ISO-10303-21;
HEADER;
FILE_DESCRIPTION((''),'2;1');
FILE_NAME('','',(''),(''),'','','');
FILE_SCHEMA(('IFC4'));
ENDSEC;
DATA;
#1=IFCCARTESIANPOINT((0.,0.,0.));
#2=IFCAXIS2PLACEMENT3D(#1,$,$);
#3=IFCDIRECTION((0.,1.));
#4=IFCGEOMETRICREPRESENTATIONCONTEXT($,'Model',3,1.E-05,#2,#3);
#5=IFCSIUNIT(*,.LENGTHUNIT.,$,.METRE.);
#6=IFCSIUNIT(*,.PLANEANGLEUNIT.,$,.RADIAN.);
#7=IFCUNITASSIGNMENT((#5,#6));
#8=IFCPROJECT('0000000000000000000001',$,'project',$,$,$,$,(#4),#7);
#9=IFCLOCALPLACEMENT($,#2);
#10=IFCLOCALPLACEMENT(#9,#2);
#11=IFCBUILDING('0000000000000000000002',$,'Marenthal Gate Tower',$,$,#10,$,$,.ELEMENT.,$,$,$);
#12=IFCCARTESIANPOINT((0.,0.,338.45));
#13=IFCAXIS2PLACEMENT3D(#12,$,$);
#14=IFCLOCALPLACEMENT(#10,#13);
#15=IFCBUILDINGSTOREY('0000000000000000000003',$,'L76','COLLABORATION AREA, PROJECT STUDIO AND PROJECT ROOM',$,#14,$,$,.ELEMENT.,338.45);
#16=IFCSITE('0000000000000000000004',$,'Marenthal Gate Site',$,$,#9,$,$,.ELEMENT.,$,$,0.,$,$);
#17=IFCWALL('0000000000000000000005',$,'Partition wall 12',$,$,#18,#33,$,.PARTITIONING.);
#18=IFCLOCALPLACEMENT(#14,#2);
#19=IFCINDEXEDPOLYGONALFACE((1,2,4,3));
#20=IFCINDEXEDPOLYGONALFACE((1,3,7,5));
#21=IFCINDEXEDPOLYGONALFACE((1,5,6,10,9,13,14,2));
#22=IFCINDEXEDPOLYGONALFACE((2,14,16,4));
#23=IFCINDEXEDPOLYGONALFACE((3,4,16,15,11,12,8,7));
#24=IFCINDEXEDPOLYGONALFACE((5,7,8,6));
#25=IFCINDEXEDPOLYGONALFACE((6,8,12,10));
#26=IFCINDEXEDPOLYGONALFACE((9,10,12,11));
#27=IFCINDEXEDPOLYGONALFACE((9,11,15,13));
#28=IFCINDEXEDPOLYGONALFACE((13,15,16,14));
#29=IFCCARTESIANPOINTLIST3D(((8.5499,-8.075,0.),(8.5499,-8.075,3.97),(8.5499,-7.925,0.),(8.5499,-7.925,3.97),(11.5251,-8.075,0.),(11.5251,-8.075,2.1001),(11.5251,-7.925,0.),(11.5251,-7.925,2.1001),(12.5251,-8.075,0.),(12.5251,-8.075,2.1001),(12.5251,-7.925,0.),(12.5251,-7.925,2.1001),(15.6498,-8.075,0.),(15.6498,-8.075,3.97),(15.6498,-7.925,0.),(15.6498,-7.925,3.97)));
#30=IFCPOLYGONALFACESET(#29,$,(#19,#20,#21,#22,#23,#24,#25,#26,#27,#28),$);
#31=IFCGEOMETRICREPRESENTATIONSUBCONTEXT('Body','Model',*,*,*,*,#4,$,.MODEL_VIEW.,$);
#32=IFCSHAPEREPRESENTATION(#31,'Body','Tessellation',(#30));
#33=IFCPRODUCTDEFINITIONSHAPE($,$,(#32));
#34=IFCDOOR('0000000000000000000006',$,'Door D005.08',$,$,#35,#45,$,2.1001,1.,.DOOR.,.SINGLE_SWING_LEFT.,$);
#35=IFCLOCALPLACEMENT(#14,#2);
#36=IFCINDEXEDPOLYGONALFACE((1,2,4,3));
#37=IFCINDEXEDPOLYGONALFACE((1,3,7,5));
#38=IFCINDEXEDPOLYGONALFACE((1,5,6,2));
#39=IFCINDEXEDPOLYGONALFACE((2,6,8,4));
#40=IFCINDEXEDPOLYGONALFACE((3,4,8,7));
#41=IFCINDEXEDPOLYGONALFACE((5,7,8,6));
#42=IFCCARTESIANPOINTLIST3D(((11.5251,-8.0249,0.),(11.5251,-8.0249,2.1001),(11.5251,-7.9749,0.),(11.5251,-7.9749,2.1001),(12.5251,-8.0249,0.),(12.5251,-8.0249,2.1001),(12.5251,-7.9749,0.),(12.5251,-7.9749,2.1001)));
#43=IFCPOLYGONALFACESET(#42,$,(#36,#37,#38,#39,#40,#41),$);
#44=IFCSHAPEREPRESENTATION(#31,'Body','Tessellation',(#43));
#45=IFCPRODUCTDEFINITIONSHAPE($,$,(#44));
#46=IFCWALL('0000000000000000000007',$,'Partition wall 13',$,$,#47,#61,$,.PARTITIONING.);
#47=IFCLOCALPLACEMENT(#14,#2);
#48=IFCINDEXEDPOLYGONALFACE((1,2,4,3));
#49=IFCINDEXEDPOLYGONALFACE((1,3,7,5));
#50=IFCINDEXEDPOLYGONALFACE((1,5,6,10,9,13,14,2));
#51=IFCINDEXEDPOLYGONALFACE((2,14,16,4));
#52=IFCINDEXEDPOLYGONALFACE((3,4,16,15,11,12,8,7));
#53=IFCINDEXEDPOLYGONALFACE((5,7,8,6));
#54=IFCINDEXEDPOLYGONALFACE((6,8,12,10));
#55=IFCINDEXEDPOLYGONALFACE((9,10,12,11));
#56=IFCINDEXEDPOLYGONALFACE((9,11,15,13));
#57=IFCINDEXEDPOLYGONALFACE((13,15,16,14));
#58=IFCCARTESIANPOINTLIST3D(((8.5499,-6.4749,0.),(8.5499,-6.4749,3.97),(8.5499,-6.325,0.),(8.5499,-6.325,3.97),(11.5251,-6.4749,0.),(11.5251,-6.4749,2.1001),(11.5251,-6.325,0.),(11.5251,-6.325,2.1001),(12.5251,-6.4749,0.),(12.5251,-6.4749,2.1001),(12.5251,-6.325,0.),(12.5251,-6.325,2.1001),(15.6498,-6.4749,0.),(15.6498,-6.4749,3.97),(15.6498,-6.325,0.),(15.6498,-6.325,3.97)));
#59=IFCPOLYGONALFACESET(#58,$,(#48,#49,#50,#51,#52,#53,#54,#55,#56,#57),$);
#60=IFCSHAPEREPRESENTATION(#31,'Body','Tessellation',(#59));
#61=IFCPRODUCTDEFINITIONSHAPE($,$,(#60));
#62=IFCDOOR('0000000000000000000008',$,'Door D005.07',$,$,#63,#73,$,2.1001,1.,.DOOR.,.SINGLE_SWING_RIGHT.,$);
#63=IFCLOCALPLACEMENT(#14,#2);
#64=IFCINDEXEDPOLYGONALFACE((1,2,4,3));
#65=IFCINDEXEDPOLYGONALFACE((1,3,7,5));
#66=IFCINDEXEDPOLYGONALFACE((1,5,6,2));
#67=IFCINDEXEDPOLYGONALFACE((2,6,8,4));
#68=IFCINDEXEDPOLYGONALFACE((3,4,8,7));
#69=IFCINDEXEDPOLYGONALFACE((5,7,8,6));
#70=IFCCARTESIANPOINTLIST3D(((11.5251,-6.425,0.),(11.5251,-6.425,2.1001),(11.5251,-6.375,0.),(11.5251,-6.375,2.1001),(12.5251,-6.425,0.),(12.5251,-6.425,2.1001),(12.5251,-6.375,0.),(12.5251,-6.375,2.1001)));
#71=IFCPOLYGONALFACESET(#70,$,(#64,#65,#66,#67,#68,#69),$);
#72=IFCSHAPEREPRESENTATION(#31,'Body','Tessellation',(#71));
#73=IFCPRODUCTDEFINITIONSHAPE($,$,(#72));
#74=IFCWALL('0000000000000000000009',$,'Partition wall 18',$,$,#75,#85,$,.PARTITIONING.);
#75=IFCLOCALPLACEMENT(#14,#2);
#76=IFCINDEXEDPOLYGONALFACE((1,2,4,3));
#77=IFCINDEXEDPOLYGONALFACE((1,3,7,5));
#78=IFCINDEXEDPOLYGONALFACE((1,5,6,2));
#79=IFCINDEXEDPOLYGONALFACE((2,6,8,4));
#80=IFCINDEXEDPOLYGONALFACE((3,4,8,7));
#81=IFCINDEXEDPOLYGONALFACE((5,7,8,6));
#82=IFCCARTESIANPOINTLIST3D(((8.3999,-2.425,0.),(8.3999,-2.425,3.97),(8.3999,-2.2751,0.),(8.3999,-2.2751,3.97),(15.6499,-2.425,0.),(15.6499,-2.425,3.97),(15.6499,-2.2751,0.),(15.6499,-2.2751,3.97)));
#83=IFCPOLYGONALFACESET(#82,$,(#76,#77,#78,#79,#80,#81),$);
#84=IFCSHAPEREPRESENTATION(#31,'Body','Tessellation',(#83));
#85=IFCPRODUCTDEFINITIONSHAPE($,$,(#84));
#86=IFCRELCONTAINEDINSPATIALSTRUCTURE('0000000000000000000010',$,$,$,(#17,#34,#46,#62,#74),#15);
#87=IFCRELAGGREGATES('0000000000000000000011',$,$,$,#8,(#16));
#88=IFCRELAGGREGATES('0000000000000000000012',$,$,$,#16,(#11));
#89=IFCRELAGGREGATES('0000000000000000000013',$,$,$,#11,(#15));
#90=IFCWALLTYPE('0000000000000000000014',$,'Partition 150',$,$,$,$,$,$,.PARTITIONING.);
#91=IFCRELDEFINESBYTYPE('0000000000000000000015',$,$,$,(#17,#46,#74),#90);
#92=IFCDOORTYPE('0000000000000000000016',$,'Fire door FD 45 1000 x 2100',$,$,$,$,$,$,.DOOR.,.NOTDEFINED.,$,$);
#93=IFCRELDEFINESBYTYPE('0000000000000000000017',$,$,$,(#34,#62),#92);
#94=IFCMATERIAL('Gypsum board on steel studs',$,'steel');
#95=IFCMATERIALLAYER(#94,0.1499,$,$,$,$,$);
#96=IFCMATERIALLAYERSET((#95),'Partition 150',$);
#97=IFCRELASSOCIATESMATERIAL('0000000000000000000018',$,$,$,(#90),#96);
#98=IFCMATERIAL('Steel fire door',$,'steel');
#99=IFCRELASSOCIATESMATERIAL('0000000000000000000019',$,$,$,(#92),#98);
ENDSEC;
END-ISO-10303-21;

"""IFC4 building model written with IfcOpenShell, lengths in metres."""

from ifc_helpers import new_model, si_unit, direction, frame, frame_2d, origin, place, context, subcontext, project, spatial, rectangle, extrude, material, layer, layer_set, type_object, element, fill, save


model = new_model("IFC4")

# Units and contexts
model_context = context("Model", 3, precision=1e-05, world=origin(), true_north=direction((0.0, 1.0)))
body_context = subcontext(model_context, "Body", "Model", "MODEL_VIEW")
ifc_project = project(units=[si_unit("LENGTHUNIT", "METRE"), si_unit("PLANEANGLEUNIT", "RADIAN")], contexts=[model_context])

# Site, building, storey
site_placement = place(None, origin())
site = spatial("IfcSite", under=ifc_project, at=site_placement, Name="Marenthal Gate Site", CompositionType="ELEMENT", RefElevation=0.0)
building_placement = place(site_placement, origin())
building = spatial("IfcBuilding", under=site, at=building_placement, Name="Marenthal Gate Tower", CompositionType="ELEMENT")
storey_placement = place(building_placement, frame((0.0, 0.0, 338.45)))
storey = spatial("IfcBuildingStorey", under=building, at=storey_placement, Name="L76", Description="COLLABORATION AREA, PROJECT STUDIO AND PROJECT ROOM", CompositionType="ELEMENT", Elevation=338.45)

# Walls, openings, doors
ifc_material_1 = material(Name="Gypsum board on steel studs", Category="steel")
ifc_layer_1 = layer(ifc_material_1, 0.1499)
ifc_layer_set_1 = layer_set([ifc_layer_1], Name="Partition 150")
wall_type_1 = type_object("IfcWallType", Name="Partition 150", PredefinedType="PARTITIONING", material=ifc_layer_set_1)
wall_1_placement = place(storey_placement, frame((8.55, -8.0, 0.0), z_axis=(0.0, 0.0, 1.0), x_axis=(1.0, 0.0, 0.0)))
wall_1 = element("IfcWall", 1, at=wall_1_placement, inside=storey, type_object=wall_type_1, Name="Partition wall 12", PredefinedType="PARTITIONING", context=body_context, shape_type="SweptSolid", body=[
    extrude(rectangle(XDim=7.0999, YDim=0.1499, at=frame_2d((3.5498, 0.0))), origin(), (0.0, 0.0, 1.0), 3.97),
])
opening_1_placement = place(wall_1_placement, frame((2.9751, 0.0, 0.0)))
opening_1 = element("IfcOpeningElement", 2, at=opening_1_placement, cuts=wall_1, PredefinedType="OPENING", context=body_context, shape_type="SweptSolid", body=[
    extrude(rectangle(XDim=1.0, YDim=2.1001, at=frame_2d((0.5, 1.05))), frame((0.0, 0.085, 0.0), z_axis=(0.0, -1.0, 0.0), x_axis=(1.0, 0.0, 0.0)), (0.0, 0.0, 1.0), 0.1699),
])
ifc_material_2 = material(Name="Steel fire door", Category="steel")
door_type = type_object("IfcDoorType", Name="Fire door FD 45 1000 x 2100", OperationType="NOTDEFINED", PredefinedType="DOOR", material=ifc_material_2)
door_1_placement = place(opening_1_placement, frame((1.0, 0.0, 0.0), z_axis=(0.0, 0.0, 1.0), x_axis=(-1.0, 0.0, 0.0)))
door_1 = element("IfcDoor", 3, at=door_1_placement, inside=storey, type_object=door_type, Name="Door D005.08", OperationType="SINGLE_SWING_LEFT", OverallHeight=2.1001, OverallWidth=1.0, PredefinedType="DOOR", context=body_context, shape_type="SweptSolid", body=[
    extrude(rectangle(XDim=1.0, YDim=2.1001, at=frame_2d((0.5, 1.05))), frame((0.0, 0.0249, 0.0), z_axis=(0.0, -1.0, 0.0), x_axis=(1.0, 0.0, 0.0)), (0.0, 0.0, 1.0), 0.05),
])
fill(opening_1, door_1)
wall_2_placement = place(storey_placement, frame((8.55, -6.3999, 0.0), z_axis=(0.0, 0.0, 1.0), x_axis=(1.0, 0.0, 0.0)))
wall_2 = element("IfcWall", 4, at=wall_2_placement, inside=storey, type_object=wall_type_1, Name="Partition wall 13", PredefinedType="PARTITIONING", context=body_context, shape_type="SweptSolid", body=[
    extrude(rectangle(XDim=7.0999, YDim=0.1499, at=frame_2d((3.5498, 0.0))), origin(), (0.0, 0.0, 1.0), 3.97),
])
opening_2_placement = place(wall_2_placement, frame((2.9751, 0.0, 0.0)))
opening_2 = element("IfcOpeningElement", 5, at=opening_2_placement, cuts=wall_2, PredefinedType="OPENING", context=body_context, shape_type="SweptSolid", body=[
    extrude(rectangle(XDim=1.0, YDim=2.1001, at=frame_2d((0.5, 1.05))), frame((0.0, 0.085, 0.0), z_axis=(0.0, -1.0, 0.0), x_axis=(1.0, 0.0, 0.0)), (0.0, 0.0, 1.0), 0.1699),
])
door_2_placement = place(opening_2_placement, origin())
door_2 = element("IfcDoor", 6, at=door_2_placement, inside=storey, type_object=door_type, Name="Door D005.07", OperationType="SINGLE_SWING_RIGHT", OverallHeight=2.1001, OverallWidth=1.0, PredefinedType="DOOR", context=body_context, shape_type="SweptSolid", body=[
    extrude(rectangle(XDim=1.0, YDim=2.1001, at=frame_2d((0.5, 1.05))), frame((0.0, 0.0249, 0.0), z_axis=(0.0, -1.0, 0.0), x_axis=(1.0, 0.0, 0.0)), (0.0, 0.0, 1.0), 0.05),
])
fill(opening_2, door_2)

# Wall
wall_3_placement = place(storey_placement, frame((8.3999, -2.3501, 0.0), z_axis=(0.0, 0.0, 1.0), x_axis=(1.0, 0.0, 0.0)))
element("IfcWall", 7, at=wall_3_placement, inside=storey, type_object=wall_type_1, Name="Partition wall 18", PredefinedType="PARTITIONING", context=body_context, shape_type="SweptSolid", body=[
    extrude(rectangle(XDim=7.25, YDim=0.1499, at=frame_2d((3.625, 0.0))), origin(), (0.0, 0.0, 1.0), 3.97),
])

save(model, "model.ifc")
